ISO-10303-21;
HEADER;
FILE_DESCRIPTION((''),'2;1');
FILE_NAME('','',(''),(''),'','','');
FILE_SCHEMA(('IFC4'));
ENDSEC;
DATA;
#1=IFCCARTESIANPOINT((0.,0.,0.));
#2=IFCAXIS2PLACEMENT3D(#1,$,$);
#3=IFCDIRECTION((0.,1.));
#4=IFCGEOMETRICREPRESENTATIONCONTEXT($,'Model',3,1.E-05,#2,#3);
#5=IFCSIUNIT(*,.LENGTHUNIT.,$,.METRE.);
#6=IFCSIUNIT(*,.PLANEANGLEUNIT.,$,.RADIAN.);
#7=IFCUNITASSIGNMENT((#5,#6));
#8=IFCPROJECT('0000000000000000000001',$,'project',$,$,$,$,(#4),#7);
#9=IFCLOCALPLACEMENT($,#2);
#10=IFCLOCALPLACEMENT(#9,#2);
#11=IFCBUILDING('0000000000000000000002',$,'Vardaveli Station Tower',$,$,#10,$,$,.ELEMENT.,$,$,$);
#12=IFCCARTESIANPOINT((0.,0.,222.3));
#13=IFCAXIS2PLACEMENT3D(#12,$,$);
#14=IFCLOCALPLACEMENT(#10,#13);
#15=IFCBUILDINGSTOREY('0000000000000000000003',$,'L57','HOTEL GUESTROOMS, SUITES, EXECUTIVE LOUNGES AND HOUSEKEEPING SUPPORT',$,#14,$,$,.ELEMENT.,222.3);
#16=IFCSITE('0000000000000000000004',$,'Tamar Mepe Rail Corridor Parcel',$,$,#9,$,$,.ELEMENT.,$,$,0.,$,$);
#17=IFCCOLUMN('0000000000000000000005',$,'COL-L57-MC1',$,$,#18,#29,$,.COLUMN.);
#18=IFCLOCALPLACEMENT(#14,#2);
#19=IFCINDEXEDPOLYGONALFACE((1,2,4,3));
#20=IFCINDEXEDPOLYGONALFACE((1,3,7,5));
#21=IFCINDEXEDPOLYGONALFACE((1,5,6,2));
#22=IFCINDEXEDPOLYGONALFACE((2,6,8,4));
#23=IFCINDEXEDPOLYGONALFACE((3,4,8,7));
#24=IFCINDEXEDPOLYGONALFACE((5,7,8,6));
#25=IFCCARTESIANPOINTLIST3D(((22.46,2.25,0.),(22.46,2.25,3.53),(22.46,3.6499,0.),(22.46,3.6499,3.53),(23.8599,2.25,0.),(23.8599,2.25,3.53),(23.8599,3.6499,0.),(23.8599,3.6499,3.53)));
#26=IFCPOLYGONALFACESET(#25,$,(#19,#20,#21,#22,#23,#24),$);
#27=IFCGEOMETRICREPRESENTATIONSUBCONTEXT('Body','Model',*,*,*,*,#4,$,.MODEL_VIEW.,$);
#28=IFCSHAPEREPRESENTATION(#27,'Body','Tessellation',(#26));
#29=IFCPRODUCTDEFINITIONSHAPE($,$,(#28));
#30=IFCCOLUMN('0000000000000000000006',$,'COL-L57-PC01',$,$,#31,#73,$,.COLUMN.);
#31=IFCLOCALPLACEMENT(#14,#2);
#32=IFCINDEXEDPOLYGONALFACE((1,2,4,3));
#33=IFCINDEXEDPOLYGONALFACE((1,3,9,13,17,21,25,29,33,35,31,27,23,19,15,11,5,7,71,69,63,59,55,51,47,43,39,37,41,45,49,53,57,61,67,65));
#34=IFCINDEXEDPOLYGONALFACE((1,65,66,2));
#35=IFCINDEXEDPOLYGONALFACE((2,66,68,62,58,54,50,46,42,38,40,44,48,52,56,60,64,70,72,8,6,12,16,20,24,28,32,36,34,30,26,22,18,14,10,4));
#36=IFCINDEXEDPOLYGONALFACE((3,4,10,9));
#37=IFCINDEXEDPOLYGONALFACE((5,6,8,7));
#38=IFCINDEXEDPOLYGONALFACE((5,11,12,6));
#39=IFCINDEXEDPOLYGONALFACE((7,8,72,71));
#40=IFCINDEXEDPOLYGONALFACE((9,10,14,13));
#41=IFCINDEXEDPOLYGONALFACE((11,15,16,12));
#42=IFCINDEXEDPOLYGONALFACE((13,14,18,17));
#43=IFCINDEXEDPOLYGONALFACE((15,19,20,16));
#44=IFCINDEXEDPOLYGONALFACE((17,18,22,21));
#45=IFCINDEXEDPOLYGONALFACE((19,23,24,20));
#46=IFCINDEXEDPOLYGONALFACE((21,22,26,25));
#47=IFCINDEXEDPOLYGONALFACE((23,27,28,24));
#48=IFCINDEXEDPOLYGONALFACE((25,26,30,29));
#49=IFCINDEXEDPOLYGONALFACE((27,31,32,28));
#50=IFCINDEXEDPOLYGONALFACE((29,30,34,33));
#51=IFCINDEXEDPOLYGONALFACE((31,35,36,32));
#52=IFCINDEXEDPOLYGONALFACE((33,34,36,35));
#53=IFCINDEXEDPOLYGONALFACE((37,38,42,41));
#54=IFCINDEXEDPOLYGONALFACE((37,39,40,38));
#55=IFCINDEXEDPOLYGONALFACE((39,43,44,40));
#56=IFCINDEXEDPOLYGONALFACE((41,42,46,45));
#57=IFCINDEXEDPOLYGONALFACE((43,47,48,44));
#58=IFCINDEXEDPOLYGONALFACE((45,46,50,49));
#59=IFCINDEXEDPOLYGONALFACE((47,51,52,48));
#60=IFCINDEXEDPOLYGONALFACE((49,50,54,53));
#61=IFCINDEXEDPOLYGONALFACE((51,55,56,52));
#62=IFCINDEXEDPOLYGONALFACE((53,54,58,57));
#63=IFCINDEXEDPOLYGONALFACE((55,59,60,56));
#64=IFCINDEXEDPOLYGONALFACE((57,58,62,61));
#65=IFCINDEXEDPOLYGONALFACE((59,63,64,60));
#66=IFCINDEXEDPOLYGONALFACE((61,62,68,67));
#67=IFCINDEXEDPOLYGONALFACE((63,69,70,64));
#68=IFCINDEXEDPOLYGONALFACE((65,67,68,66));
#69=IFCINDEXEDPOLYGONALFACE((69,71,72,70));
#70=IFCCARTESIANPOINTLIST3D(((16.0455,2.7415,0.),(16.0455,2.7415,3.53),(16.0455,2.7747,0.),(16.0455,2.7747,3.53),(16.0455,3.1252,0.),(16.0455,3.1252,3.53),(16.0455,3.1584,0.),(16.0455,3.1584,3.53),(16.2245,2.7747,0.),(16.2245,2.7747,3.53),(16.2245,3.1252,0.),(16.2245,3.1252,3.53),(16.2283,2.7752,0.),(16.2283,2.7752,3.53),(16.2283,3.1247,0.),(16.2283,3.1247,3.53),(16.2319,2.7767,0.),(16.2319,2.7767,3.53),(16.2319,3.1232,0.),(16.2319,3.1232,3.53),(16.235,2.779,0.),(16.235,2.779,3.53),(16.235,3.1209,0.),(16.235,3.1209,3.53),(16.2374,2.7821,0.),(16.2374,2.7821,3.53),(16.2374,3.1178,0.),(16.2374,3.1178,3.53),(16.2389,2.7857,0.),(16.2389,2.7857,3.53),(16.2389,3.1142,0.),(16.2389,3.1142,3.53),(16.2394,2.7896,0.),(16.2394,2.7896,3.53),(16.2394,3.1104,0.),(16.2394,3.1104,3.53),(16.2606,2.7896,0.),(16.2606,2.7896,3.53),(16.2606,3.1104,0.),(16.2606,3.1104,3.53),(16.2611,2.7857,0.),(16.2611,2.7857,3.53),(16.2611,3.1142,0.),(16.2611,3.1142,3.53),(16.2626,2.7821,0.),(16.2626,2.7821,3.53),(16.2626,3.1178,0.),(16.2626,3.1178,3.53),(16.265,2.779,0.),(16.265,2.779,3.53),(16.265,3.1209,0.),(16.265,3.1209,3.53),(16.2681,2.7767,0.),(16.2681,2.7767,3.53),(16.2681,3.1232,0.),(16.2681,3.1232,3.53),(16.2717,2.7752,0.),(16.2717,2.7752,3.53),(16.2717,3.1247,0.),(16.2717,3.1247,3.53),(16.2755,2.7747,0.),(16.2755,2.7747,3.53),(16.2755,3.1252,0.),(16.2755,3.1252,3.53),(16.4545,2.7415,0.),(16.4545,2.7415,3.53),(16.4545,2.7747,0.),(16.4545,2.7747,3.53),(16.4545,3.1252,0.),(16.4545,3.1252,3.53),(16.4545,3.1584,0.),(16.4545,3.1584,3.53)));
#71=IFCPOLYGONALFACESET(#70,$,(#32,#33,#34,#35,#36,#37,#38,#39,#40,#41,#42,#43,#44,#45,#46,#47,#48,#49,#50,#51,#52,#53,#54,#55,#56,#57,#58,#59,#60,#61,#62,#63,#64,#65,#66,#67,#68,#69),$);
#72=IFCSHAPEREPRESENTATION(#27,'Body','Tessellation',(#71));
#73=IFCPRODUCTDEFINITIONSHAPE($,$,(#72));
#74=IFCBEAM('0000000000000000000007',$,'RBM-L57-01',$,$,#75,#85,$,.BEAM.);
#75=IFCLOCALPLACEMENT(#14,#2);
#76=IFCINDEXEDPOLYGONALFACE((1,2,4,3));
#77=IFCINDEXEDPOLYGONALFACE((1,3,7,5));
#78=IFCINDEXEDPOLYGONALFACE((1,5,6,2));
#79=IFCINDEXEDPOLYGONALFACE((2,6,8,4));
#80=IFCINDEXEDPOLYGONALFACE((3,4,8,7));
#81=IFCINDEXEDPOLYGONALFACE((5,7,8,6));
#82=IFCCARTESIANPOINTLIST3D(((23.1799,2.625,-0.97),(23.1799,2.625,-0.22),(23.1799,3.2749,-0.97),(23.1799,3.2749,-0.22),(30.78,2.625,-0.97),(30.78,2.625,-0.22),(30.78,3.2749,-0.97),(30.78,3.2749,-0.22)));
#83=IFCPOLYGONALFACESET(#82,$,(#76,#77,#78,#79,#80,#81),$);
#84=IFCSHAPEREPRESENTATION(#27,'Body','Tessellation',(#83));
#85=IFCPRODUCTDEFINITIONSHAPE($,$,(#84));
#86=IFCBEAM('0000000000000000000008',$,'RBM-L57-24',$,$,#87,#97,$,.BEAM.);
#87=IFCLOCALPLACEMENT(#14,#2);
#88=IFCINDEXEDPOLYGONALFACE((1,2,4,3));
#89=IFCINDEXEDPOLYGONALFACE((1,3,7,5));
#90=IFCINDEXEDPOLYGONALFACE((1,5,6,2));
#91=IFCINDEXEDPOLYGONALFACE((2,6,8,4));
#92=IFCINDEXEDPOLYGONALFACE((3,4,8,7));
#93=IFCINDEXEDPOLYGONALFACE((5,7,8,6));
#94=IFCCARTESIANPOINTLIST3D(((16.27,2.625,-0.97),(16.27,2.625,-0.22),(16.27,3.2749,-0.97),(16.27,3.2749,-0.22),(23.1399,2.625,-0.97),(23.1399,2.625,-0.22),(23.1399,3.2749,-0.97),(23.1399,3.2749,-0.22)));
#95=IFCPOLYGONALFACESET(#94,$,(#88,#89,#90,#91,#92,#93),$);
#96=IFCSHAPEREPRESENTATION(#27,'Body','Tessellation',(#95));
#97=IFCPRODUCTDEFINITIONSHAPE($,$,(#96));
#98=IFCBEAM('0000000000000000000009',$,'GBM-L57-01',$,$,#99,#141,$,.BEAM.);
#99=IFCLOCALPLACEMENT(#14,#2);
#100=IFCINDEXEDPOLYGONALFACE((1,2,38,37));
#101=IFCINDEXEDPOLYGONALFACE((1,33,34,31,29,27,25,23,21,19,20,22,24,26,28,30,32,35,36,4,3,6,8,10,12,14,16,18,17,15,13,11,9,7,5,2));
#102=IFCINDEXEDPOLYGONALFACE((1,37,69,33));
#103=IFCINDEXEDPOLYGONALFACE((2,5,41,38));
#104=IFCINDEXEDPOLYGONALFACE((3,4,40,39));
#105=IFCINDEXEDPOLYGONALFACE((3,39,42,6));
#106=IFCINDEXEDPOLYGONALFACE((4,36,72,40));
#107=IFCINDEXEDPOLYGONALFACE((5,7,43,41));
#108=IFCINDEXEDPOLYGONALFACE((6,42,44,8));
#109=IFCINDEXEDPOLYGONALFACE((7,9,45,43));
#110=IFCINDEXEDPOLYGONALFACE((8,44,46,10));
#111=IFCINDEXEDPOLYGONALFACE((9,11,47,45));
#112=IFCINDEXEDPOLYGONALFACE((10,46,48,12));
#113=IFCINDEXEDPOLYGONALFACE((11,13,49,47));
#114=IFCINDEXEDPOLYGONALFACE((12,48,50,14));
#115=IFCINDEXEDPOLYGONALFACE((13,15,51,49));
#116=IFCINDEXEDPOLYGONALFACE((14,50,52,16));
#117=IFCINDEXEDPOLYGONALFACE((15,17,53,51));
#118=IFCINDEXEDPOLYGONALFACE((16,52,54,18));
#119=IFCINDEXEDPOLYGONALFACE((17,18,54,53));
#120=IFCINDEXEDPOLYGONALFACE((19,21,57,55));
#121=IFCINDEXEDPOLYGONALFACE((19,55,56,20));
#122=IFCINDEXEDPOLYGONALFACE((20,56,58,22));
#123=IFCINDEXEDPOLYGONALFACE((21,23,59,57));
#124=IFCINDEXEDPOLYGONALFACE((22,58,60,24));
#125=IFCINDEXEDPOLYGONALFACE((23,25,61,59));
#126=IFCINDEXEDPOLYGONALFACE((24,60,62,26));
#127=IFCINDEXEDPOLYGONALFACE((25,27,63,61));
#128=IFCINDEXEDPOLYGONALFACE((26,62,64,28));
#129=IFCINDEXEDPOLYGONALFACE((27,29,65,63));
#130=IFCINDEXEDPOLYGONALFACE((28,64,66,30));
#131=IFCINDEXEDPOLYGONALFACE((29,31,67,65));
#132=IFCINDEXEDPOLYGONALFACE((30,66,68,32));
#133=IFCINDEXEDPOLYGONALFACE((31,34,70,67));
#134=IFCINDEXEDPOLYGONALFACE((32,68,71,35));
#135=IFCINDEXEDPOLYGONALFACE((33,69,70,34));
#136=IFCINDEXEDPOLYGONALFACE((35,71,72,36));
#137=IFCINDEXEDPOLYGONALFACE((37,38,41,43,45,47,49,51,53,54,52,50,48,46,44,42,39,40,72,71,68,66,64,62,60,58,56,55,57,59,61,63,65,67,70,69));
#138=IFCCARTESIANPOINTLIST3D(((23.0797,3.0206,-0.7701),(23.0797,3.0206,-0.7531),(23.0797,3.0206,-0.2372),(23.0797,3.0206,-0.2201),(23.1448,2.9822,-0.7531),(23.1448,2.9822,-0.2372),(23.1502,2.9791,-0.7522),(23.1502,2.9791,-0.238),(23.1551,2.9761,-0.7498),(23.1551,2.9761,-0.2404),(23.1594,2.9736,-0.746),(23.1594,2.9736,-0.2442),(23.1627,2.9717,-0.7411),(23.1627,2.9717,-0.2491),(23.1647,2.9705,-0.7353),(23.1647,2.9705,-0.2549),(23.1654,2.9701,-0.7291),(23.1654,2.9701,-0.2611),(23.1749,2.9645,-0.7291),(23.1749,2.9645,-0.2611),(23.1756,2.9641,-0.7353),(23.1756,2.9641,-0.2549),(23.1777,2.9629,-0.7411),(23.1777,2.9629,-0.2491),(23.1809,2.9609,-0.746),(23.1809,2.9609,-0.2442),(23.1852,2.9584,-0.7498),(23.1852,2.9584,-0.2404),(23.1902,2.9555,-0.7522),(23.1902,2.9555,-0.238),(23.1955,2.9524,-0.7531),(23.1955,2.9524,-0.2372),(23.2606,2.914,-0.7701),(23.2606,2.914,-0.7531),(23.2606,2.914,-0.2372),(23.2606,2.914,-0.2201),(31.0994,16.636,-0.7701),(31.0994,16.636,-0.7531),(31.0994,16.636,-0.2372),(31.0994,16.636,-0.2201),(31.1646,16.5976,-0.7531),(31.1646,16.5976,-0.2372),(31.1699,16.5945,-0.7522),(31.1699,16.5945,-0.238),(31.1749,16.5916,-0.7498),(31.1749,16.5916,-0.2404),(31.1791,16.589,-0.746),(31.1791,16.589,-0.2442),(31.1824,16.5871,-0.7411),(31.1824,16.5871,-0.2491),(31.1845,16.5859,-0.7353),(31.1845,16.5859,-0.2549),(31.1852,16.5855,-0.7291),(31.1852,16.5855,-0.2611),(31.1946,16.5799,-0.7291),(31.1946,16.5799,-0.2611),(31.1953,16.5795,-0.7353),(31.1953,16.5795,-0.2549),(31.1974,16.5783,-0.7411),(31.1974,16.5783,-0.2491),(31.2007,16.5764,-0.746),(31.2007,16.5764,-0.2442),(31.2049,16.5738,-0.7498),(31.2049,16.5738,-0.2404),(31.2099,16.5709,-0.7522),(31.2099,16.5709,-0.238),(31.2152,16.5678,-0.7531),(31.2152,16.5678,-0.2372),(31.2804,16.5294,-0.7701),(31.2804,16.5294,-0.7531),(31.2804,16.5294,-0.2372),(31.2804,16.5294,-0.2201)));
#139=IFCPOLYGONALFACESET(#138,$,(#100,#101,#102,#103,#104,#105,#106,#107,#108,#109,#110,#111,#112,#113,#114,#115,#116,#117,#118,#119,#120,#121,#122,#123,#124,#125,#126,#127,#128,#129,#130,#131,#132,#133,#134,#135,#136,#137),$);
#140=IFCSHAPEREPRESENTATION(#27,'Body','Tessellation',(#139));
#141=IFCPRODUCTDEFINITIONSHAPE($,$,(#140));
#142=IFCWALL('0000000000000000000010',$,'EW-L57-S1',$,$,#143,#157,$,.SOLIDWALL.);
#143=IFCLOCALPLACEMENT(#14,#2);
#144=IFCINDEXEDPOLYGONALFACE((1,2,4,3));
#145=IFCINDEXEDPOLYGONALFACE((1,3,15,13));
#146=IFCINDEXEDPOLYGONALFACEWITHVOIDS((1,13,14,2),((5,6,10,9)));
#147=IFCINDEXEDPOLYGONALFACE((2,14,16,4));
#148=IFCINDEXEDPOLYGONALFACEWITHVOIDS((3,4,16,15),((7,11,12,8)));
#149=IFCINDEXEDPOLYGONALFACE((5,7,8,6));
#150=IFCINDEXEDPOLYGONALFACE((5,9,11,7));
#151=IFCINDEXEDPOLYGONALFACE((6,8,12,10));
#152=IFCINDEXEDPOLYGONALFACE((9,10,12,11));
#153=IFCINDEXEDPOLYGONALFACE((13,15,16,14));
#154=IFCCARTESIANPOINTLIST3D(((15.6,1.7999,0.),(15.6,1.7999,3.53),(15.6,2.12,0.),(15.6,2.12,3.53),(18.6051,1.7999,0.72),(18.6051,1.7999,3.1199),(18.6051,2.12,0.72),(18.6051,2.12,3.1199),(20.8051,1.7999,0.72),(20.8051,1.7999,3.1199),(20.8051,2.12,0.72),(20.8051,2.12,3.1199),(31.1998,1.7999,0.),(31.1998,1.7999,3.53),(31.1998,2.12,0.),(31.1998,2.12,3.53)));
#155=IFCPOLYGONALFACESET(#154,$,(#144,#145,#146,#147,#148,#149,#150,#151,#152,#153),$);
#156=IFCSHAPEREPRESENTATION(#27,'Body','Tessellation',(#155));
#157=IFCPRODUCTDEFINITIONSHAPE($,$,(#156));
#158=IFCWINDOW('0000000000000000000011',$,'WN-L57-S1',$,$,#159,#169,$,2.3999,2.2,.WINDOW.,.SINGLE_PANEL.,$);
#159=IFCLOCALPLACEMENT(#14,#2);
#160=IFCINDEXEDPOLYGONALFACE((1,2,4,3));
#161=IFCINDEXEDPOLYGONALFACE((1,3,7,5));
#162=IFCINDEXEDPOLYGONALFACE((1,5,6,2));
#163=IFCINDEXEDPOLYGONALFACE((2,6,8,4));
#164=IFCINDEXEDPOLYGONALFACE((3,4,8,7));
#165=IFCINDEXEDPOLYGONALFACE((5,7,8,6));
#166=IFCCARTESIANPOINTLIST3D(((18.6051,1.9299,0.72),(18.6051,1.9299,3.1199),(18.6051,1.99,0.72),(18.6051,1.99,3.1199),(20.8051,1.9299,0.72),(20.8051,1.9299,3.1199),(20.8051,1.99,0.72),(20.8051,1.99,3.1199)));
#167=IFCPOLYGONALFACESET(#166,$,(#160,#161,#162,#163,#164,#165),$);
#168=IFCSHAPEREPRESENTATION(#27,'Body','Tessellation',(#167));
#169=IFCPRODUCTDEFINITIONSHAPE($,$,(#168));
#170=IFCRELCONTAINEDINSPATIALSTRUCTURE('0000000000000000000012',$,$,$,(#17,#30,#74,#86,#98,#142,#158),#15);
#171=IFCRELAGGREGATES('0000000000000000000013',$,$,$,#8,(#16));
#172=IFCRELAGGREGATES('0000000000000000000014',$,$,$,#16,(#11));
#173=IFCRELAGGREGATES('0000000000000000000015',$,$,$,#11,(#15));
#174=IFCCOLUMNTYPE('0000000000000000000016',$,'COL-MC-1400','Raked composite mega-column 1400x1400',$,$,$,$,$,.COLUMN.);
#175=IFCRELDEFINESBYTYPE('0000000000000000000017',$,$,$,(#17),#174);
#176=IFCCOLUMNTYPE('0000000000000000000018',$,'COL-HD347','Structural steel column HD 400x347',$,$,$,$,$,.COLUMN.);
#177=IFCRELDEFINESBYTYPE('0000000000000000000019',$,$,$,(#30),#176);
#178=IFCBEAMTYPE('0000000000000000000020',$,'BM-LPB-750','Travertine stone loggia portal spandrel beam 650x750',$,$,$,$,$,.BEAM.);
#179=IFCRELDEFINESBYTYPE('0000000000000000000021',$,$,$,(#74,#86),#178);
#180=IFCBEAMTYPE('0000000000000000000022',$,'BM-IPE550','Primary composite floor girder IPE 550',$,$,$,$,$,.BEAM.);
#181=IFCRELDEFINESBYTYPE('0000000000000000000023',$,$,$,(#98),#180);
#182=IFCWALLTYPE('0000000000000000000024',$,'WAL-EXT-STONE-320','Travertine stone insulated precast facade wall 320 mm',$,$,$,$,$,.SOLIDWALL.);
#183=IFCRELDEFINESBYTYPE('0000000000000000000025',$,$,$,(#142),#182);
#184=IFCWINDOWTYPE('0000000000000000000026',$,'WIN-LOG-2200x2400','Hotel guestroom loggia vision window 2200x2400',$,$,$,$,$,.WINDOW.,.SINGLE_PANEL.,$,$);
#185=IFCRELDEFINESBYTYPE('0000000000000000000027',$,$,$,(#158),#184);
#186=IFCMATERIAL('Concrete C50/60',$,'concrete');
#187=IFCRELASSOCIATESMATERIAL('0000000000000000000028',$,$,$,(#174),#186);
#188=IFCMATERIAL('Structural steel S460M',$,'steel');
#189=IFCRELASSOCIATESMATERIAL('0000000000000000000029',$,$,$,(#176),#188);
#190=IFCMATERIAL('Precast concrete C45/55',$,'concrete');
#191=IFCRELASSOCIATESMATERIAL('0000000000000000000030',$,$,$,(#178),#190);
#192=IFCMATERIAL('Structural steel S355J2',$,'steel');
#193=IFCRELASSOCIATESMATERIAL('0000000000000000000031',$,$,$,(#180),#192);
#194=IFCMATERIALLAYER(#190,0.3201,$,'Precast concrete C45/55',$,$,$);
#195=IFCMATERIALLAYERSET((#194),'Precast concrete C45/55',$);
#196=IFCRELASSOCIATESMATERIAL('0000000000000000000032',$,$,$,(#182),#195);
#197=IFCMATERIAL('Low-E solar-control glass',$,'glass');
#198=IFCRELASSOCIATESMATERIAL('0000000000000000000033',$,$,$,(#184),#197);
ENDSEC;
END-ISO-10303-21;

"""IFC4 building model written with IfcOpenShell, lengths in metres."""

from ifc_helpers import new_model, si_unit, direction, frame, frame_2d, origin, origin_2d, place, context, subcontext, project, spatial, rectangle, i_section, extrude, source, transform, mapped, material, layer, layer_set, material_profile, profile_set, type_object, element, fill, save


model = new_model("IFC4")

# Units and contexts
model_context = context("Model", 3, precision=1e-05, world=origin(), true_north=direction((0.0, 1.0)))
body_context = subcontext(model_context, "Body", "Model", "MODEL_VIEW")
ifc_project = project(units=[si_unit("LENGTHUNIT", "METRE"), si_unit("PLANEANGLEUNIT", "RADIAN")], contexts=[model_context])

# Site, building, storey
site_placement = place(None, origin())
site = spatial("IfcSite", under=ifc_project, at=site_placement, Name="Tamar Mepe Rail Corridor Parcel", CompositionType="ELEMENT", RefElevation=0.0)
building_placement = place(site_placement, origin())
building = spatial("IfcBuilding", under=site, at=building_placement, Name="Vardaveli Station Tower", CompositionType="ELEMENT")
storey_placement = place(building_placement, frame((0.0, 0.0, 222.3)))
storey = spatial("IfcBuildingStorey", under=building, at=storey_placement, Name="L57", Description="HOTEL GUESTROOMS, SUITES, EXECUTIVE LOUNGES AND HOUSEKEEPING SUPPORT", CompositionType="ELEMENT", Elevation=222.3)

# Columns
ifc_material_1 = material(Name="Concrete C50/60", Category="concrete")
ifc_material_profile_1 = material_profile(ifc_material_1, rectangle(XDim=1.3999, YDim=1.3999, at=origin_2d()), Name="MC 1400x1400")
ifc_profile_set_1 = profile_set([ifc_material_profile_1], Name="Concrete C50/60")
column_type_1 = type_object("IfcColumnType", Name="COL-MC-1400", Description="Raked composite mega-column 1400x1400", PredefinedType="COLUMN", material=ifc_profile_set_1)
shared_shape_1 = source(origin(), body_context, "Body", "SweptSolid", [
    extrude(rectangle(XDim=1.3999, YDim=1.3999, at=origin_2d()), origin(), (0.0, 0.0, 1.0), 3.53),
])
column_1_placement = place(storey_placement, frame((23.1599, 2.95, 0.0), z_axis=(0.0, 0.0, 1.0), x_axis=(1.0, 0.0, 0.0)))
element("IfcColumn", 1, at=column_1_placement, inside=storey, type_object=column_type_1, Name="COL-L57-MC1", PredefinedType="COLUMN", context=body_context, shape_type="MappedRepresentation", body=[
    mapped(shared_shape_1, transform((0.0, 0.0, 0.0), scale=1.0)),
])
ifc_material_2 = material(Name="Structural steel S460M", Category="steel")
ifc_material_profile_2 = material_profile(ifc_material_2, i_section(OverallWidth=0.4089, OverallDepth=0.417, WebThickness=0.0212, FlangeThickness=0.0332, FilletRadius=0.0149, at=origin_2d()), Name="HD 400x347")
ifc_profile_set_2 = profile_set([ifc_material_profile_2], Name="Structural steel S460M")
column_type_2 = type_object("IfcColumnType", Name="COL-HD347", Description="Structural steel column HD 400x347", PredefinedType="COLUMN", material=ifc_profile_set_2)
shared_shape_2 = source(origin(), body_context, "Body", "SweptSolid", [
    extrude(i_section(OverallWidth=0.4089, OverallDepth=0.417, WebThickness=0.0212, FlangeThickness=0.0332, FilletRadius=0.0149, at=origin_2d()), origin(), (0.0, 0.0, 1.0), 3.53),
])
column_2_placement = place(storey_placement, frame((16.25, 2.95, 0.0), z_axis=(0.0, 0.0, 1.0), x_axis=(1.0, 0.0, 0.0)))
element("IfcColumn", 2, at=column_2_placement, inside=storey, type_object=column_type_2, Name="COL-L57-PC01", PredefinedType="COLUMN", context=body_context, shape_type="MappedRepresentation", body=[
    mapped(shared_shape_2, transform((0.0, 0.0, 0.0), scale=1.0)),
])

# Beams
ifc_material_3 = material(Name="Precast concrete C45/55", Category="concrete")
ifc_material_profile_3 = material_profile(ifc_material_3, rectangle(XDim=0.6499, YDim=0.75, at=origin_2d()), Name="LPB 650x750")
ifc_profile_set_3 = profile_set([ifc_material_profile_3], Name="Precast concrete C45/55")
beam_type_1 = type_object("IfcBeamType", Name="BM-LPB-750", Description="Travertine stone loggia portal spandrel beam 650x750", PredefinedType="BEAM", material=ifc_profile_set_3)
shared_shape_3 = source(origin(), body_context, "Body", "SweptSolid", [
    extrude(rectangle(XDim=0.6499, YDim=0.75, at=origin_2d()), origin(), (0.0, 0.0, 1.0), 7.6001),
])
beam_1_placement = place(storey_placement, frame((23.1799, 2.95, -0.595), z_axis=(1.0, 0.0, 0.0), x_axis=(0.0, 1.0, 0.0)))
element("IfcBeam", 3, at=beam_1_placement, inside=storey, type_object=beam_type_1, Name="RBM-L57-01", PredefinedType="BEAM", context=body_context, shape_type="MappedRepresentation", body=[
    mapped(shared_shape_3, transform((0.0, 0.0, 0.0), scale=1.0)),
])
shared_shape_4 = source(origin(), body_context, "Body", "SweptSolid", [
    extrude(rectangle(XDim=0.6499, YDim=0.75, at=origin_2d()), origin(), (0.0, 0.0, 1.0), 6.8699),
])
beam_2_placement = place(storey_placement, frame((16.27, 2.95, -0.595), z_axis=(1.0, 0.0, 0.0), x_axis=(0.0, 1.0, 0.0)))
element("IfcBeam", 4, at=beam_2_placement, inside=storey, type_object=beam_type_1, Name="RBM-L57-24", PredefinedType="BEAM", context=body_context, shape_type="MappedRepresentation", body=[
    mapped(shared_shape_4, transform((0.0, 0.0, 0.0), scale=1.0)),
])
ifc_material_4 = material(Name="Structural steel S355J2", Category="steel")
ifc_material_profile_4 = material_profile(ifc_material_4, i_section(OverallWidth=0.21, OverallDepth=0.55, WebThickness=0.011, FlangeThickness=0.0171, FilletRadius=0.0239, at=origin_2d()), Name="IPE 550")
ifc_profile_set_4 = profile_set([ifc_material_profile_4], Name="Structural steel S355J2")
beam_type_2 = type_object("IfcBeamType", Name="BM-IPE550", Description="Primary composite floor girder IPE 550", PredefinedType="BEAM", material=ifc_profile_set_4)
shared_shape_5 = source(origin(), body_context, "Body", "SweptSolid", [
    extrude(i_section(OverallWidth=0.21, OverallDepth=0.55, WebThickness=0.011, FlangeThickness=0.0171, FilletRadius=0.0239, at=origin_2d()), origin(), (0.0, 0.0, 1.0), 15.8018),
])
beam_3_placement = place(storey_placement, frame((23.1702, 2.9673, -0.4951), z_axis=(0.507522, 0.861639, 0.0), x_axis=(-0.861639, 0.507522, 0.0)))
element("IfcBeam", 5, at=beam_3_placement, inside=storey, type_object=beam_type_2, Name="GBM-L57-01", PredefinedType="BEAM", context=body_context, shape_type="MappedRepresentation", body=[
    mapped(shared_shape_5, transform((0.0, 0.0, 0.0), scale=1.0)),
])

# Wall, opening, window
ifc_layer_1 = layer(ifc_material_3, 0.3201, Name="Precast concrete C45/55")
ifc_layer_set_1 = layer_set([ifc_layer_1], Name="Precast concrete C45/55")
wall_type_1 = type_object("IfcWallType", Name="WAL-EXT-STONE-320", Description="Travertine stone insulated precast facade wall 320 mm", PredefinedType="SOLIDWALL", material=ifc_layer_set_1)
shared_shape_6 = source(origin(), body_context, "Body", "SweptSolid", [
    extrude(rectangle(XDim=15.5999, YDim=0.3201, at=frame_2d((7.7998, 0.0))), origin(), (0.0, 0.0, 1.0), 3.53),
])
wall_1_placement = place(storey_placement, frame((15.6001, 1.96, 0.0), z_axis=(0.0, 0.0, 1.0), x_axis=(1.0, 0.0, 0.0)))
wall_1 = element("IfcWall", 6, at=wall_1_placement, inside=storey, type_object=wall_type_1, Name="EW-L57-S1", PredefinedType="SOLIDWALL", context=body_context, shape_type="MappedRepresentation", body=[
    mapped(shared_shape_6, transform((0.0, 0.0, 0.0), scale=1.0)),
])
shared_shape_7 = source(origin(), body_context, "Body", "SweptSolid", [
    extrude(rectangle(XDim=2.2, YDim=2.3999, at=frame_2d((1.1001, 1.2))), frame((0.0, 0.1699, 0.0), z_axis=(0.0, -1.0, 0.0), x_axis=(1.0, 0.0, 0.0)), (0.0, 0.0, 1.0), 0.3401),
])
opening_1_placement = place(wall_1_placement, frame((3.0049, 0.0, 0.72)))
opening_1 = element("IfcOpeningElement", 7, at=opening_1_placement, cuts=wall_1, PredefinedType="OPENING", context=body_context, shape_type="MappedRepresentation", body=[
    mapped(shared_shape_7, transform((0.0, 0.0, 0.0), scale=1.0)),
])
ifc_material_5 = material(Name="Low-E solar-control glass", Category="glass")
window_type = type_object("IfcWindowType", Name="WIN-LOG-2200x2400", Description="Hotel guestroom loggia vision window 2200x2400", PartitioningType="SINGLE_PANEL", PredefinedType="WINDOW", material=ifc_material_5)
shared_shape_8 = source(origin(), body_context, "Body", "SweptSolid", [
    extrude(rectangle(XDim=2.2, YDim=2.3999, at=frame_2d((1.1001, 1.2))), frame((0.0, 0.03, 0.0), z_axis=(0.0, -1.0, 0.0), x_axis=(1.0, 0.0, 0.0)), (0.0, 0.0, 1.0), 0.0601),
])
window_placement = place(opening_1_placement, origin())
window = element("IfcWindow", 8, at=window_placement, inside=storey, type_object=window_type, Name="WN-L57-S1", OverallHeight=2.3999, OverallWidth=2.2, PartitioningType="SINGLE_PANEL", PredefinedType="WINDOW", context=body_context, shape_type="MappedRepresentation", body=[
    mapped(shared_shape_8, transform((0.0, 0.0, 0.0), scale=1.0)),
])
fill(opening_1, window)

save(model, "model.ifc")
